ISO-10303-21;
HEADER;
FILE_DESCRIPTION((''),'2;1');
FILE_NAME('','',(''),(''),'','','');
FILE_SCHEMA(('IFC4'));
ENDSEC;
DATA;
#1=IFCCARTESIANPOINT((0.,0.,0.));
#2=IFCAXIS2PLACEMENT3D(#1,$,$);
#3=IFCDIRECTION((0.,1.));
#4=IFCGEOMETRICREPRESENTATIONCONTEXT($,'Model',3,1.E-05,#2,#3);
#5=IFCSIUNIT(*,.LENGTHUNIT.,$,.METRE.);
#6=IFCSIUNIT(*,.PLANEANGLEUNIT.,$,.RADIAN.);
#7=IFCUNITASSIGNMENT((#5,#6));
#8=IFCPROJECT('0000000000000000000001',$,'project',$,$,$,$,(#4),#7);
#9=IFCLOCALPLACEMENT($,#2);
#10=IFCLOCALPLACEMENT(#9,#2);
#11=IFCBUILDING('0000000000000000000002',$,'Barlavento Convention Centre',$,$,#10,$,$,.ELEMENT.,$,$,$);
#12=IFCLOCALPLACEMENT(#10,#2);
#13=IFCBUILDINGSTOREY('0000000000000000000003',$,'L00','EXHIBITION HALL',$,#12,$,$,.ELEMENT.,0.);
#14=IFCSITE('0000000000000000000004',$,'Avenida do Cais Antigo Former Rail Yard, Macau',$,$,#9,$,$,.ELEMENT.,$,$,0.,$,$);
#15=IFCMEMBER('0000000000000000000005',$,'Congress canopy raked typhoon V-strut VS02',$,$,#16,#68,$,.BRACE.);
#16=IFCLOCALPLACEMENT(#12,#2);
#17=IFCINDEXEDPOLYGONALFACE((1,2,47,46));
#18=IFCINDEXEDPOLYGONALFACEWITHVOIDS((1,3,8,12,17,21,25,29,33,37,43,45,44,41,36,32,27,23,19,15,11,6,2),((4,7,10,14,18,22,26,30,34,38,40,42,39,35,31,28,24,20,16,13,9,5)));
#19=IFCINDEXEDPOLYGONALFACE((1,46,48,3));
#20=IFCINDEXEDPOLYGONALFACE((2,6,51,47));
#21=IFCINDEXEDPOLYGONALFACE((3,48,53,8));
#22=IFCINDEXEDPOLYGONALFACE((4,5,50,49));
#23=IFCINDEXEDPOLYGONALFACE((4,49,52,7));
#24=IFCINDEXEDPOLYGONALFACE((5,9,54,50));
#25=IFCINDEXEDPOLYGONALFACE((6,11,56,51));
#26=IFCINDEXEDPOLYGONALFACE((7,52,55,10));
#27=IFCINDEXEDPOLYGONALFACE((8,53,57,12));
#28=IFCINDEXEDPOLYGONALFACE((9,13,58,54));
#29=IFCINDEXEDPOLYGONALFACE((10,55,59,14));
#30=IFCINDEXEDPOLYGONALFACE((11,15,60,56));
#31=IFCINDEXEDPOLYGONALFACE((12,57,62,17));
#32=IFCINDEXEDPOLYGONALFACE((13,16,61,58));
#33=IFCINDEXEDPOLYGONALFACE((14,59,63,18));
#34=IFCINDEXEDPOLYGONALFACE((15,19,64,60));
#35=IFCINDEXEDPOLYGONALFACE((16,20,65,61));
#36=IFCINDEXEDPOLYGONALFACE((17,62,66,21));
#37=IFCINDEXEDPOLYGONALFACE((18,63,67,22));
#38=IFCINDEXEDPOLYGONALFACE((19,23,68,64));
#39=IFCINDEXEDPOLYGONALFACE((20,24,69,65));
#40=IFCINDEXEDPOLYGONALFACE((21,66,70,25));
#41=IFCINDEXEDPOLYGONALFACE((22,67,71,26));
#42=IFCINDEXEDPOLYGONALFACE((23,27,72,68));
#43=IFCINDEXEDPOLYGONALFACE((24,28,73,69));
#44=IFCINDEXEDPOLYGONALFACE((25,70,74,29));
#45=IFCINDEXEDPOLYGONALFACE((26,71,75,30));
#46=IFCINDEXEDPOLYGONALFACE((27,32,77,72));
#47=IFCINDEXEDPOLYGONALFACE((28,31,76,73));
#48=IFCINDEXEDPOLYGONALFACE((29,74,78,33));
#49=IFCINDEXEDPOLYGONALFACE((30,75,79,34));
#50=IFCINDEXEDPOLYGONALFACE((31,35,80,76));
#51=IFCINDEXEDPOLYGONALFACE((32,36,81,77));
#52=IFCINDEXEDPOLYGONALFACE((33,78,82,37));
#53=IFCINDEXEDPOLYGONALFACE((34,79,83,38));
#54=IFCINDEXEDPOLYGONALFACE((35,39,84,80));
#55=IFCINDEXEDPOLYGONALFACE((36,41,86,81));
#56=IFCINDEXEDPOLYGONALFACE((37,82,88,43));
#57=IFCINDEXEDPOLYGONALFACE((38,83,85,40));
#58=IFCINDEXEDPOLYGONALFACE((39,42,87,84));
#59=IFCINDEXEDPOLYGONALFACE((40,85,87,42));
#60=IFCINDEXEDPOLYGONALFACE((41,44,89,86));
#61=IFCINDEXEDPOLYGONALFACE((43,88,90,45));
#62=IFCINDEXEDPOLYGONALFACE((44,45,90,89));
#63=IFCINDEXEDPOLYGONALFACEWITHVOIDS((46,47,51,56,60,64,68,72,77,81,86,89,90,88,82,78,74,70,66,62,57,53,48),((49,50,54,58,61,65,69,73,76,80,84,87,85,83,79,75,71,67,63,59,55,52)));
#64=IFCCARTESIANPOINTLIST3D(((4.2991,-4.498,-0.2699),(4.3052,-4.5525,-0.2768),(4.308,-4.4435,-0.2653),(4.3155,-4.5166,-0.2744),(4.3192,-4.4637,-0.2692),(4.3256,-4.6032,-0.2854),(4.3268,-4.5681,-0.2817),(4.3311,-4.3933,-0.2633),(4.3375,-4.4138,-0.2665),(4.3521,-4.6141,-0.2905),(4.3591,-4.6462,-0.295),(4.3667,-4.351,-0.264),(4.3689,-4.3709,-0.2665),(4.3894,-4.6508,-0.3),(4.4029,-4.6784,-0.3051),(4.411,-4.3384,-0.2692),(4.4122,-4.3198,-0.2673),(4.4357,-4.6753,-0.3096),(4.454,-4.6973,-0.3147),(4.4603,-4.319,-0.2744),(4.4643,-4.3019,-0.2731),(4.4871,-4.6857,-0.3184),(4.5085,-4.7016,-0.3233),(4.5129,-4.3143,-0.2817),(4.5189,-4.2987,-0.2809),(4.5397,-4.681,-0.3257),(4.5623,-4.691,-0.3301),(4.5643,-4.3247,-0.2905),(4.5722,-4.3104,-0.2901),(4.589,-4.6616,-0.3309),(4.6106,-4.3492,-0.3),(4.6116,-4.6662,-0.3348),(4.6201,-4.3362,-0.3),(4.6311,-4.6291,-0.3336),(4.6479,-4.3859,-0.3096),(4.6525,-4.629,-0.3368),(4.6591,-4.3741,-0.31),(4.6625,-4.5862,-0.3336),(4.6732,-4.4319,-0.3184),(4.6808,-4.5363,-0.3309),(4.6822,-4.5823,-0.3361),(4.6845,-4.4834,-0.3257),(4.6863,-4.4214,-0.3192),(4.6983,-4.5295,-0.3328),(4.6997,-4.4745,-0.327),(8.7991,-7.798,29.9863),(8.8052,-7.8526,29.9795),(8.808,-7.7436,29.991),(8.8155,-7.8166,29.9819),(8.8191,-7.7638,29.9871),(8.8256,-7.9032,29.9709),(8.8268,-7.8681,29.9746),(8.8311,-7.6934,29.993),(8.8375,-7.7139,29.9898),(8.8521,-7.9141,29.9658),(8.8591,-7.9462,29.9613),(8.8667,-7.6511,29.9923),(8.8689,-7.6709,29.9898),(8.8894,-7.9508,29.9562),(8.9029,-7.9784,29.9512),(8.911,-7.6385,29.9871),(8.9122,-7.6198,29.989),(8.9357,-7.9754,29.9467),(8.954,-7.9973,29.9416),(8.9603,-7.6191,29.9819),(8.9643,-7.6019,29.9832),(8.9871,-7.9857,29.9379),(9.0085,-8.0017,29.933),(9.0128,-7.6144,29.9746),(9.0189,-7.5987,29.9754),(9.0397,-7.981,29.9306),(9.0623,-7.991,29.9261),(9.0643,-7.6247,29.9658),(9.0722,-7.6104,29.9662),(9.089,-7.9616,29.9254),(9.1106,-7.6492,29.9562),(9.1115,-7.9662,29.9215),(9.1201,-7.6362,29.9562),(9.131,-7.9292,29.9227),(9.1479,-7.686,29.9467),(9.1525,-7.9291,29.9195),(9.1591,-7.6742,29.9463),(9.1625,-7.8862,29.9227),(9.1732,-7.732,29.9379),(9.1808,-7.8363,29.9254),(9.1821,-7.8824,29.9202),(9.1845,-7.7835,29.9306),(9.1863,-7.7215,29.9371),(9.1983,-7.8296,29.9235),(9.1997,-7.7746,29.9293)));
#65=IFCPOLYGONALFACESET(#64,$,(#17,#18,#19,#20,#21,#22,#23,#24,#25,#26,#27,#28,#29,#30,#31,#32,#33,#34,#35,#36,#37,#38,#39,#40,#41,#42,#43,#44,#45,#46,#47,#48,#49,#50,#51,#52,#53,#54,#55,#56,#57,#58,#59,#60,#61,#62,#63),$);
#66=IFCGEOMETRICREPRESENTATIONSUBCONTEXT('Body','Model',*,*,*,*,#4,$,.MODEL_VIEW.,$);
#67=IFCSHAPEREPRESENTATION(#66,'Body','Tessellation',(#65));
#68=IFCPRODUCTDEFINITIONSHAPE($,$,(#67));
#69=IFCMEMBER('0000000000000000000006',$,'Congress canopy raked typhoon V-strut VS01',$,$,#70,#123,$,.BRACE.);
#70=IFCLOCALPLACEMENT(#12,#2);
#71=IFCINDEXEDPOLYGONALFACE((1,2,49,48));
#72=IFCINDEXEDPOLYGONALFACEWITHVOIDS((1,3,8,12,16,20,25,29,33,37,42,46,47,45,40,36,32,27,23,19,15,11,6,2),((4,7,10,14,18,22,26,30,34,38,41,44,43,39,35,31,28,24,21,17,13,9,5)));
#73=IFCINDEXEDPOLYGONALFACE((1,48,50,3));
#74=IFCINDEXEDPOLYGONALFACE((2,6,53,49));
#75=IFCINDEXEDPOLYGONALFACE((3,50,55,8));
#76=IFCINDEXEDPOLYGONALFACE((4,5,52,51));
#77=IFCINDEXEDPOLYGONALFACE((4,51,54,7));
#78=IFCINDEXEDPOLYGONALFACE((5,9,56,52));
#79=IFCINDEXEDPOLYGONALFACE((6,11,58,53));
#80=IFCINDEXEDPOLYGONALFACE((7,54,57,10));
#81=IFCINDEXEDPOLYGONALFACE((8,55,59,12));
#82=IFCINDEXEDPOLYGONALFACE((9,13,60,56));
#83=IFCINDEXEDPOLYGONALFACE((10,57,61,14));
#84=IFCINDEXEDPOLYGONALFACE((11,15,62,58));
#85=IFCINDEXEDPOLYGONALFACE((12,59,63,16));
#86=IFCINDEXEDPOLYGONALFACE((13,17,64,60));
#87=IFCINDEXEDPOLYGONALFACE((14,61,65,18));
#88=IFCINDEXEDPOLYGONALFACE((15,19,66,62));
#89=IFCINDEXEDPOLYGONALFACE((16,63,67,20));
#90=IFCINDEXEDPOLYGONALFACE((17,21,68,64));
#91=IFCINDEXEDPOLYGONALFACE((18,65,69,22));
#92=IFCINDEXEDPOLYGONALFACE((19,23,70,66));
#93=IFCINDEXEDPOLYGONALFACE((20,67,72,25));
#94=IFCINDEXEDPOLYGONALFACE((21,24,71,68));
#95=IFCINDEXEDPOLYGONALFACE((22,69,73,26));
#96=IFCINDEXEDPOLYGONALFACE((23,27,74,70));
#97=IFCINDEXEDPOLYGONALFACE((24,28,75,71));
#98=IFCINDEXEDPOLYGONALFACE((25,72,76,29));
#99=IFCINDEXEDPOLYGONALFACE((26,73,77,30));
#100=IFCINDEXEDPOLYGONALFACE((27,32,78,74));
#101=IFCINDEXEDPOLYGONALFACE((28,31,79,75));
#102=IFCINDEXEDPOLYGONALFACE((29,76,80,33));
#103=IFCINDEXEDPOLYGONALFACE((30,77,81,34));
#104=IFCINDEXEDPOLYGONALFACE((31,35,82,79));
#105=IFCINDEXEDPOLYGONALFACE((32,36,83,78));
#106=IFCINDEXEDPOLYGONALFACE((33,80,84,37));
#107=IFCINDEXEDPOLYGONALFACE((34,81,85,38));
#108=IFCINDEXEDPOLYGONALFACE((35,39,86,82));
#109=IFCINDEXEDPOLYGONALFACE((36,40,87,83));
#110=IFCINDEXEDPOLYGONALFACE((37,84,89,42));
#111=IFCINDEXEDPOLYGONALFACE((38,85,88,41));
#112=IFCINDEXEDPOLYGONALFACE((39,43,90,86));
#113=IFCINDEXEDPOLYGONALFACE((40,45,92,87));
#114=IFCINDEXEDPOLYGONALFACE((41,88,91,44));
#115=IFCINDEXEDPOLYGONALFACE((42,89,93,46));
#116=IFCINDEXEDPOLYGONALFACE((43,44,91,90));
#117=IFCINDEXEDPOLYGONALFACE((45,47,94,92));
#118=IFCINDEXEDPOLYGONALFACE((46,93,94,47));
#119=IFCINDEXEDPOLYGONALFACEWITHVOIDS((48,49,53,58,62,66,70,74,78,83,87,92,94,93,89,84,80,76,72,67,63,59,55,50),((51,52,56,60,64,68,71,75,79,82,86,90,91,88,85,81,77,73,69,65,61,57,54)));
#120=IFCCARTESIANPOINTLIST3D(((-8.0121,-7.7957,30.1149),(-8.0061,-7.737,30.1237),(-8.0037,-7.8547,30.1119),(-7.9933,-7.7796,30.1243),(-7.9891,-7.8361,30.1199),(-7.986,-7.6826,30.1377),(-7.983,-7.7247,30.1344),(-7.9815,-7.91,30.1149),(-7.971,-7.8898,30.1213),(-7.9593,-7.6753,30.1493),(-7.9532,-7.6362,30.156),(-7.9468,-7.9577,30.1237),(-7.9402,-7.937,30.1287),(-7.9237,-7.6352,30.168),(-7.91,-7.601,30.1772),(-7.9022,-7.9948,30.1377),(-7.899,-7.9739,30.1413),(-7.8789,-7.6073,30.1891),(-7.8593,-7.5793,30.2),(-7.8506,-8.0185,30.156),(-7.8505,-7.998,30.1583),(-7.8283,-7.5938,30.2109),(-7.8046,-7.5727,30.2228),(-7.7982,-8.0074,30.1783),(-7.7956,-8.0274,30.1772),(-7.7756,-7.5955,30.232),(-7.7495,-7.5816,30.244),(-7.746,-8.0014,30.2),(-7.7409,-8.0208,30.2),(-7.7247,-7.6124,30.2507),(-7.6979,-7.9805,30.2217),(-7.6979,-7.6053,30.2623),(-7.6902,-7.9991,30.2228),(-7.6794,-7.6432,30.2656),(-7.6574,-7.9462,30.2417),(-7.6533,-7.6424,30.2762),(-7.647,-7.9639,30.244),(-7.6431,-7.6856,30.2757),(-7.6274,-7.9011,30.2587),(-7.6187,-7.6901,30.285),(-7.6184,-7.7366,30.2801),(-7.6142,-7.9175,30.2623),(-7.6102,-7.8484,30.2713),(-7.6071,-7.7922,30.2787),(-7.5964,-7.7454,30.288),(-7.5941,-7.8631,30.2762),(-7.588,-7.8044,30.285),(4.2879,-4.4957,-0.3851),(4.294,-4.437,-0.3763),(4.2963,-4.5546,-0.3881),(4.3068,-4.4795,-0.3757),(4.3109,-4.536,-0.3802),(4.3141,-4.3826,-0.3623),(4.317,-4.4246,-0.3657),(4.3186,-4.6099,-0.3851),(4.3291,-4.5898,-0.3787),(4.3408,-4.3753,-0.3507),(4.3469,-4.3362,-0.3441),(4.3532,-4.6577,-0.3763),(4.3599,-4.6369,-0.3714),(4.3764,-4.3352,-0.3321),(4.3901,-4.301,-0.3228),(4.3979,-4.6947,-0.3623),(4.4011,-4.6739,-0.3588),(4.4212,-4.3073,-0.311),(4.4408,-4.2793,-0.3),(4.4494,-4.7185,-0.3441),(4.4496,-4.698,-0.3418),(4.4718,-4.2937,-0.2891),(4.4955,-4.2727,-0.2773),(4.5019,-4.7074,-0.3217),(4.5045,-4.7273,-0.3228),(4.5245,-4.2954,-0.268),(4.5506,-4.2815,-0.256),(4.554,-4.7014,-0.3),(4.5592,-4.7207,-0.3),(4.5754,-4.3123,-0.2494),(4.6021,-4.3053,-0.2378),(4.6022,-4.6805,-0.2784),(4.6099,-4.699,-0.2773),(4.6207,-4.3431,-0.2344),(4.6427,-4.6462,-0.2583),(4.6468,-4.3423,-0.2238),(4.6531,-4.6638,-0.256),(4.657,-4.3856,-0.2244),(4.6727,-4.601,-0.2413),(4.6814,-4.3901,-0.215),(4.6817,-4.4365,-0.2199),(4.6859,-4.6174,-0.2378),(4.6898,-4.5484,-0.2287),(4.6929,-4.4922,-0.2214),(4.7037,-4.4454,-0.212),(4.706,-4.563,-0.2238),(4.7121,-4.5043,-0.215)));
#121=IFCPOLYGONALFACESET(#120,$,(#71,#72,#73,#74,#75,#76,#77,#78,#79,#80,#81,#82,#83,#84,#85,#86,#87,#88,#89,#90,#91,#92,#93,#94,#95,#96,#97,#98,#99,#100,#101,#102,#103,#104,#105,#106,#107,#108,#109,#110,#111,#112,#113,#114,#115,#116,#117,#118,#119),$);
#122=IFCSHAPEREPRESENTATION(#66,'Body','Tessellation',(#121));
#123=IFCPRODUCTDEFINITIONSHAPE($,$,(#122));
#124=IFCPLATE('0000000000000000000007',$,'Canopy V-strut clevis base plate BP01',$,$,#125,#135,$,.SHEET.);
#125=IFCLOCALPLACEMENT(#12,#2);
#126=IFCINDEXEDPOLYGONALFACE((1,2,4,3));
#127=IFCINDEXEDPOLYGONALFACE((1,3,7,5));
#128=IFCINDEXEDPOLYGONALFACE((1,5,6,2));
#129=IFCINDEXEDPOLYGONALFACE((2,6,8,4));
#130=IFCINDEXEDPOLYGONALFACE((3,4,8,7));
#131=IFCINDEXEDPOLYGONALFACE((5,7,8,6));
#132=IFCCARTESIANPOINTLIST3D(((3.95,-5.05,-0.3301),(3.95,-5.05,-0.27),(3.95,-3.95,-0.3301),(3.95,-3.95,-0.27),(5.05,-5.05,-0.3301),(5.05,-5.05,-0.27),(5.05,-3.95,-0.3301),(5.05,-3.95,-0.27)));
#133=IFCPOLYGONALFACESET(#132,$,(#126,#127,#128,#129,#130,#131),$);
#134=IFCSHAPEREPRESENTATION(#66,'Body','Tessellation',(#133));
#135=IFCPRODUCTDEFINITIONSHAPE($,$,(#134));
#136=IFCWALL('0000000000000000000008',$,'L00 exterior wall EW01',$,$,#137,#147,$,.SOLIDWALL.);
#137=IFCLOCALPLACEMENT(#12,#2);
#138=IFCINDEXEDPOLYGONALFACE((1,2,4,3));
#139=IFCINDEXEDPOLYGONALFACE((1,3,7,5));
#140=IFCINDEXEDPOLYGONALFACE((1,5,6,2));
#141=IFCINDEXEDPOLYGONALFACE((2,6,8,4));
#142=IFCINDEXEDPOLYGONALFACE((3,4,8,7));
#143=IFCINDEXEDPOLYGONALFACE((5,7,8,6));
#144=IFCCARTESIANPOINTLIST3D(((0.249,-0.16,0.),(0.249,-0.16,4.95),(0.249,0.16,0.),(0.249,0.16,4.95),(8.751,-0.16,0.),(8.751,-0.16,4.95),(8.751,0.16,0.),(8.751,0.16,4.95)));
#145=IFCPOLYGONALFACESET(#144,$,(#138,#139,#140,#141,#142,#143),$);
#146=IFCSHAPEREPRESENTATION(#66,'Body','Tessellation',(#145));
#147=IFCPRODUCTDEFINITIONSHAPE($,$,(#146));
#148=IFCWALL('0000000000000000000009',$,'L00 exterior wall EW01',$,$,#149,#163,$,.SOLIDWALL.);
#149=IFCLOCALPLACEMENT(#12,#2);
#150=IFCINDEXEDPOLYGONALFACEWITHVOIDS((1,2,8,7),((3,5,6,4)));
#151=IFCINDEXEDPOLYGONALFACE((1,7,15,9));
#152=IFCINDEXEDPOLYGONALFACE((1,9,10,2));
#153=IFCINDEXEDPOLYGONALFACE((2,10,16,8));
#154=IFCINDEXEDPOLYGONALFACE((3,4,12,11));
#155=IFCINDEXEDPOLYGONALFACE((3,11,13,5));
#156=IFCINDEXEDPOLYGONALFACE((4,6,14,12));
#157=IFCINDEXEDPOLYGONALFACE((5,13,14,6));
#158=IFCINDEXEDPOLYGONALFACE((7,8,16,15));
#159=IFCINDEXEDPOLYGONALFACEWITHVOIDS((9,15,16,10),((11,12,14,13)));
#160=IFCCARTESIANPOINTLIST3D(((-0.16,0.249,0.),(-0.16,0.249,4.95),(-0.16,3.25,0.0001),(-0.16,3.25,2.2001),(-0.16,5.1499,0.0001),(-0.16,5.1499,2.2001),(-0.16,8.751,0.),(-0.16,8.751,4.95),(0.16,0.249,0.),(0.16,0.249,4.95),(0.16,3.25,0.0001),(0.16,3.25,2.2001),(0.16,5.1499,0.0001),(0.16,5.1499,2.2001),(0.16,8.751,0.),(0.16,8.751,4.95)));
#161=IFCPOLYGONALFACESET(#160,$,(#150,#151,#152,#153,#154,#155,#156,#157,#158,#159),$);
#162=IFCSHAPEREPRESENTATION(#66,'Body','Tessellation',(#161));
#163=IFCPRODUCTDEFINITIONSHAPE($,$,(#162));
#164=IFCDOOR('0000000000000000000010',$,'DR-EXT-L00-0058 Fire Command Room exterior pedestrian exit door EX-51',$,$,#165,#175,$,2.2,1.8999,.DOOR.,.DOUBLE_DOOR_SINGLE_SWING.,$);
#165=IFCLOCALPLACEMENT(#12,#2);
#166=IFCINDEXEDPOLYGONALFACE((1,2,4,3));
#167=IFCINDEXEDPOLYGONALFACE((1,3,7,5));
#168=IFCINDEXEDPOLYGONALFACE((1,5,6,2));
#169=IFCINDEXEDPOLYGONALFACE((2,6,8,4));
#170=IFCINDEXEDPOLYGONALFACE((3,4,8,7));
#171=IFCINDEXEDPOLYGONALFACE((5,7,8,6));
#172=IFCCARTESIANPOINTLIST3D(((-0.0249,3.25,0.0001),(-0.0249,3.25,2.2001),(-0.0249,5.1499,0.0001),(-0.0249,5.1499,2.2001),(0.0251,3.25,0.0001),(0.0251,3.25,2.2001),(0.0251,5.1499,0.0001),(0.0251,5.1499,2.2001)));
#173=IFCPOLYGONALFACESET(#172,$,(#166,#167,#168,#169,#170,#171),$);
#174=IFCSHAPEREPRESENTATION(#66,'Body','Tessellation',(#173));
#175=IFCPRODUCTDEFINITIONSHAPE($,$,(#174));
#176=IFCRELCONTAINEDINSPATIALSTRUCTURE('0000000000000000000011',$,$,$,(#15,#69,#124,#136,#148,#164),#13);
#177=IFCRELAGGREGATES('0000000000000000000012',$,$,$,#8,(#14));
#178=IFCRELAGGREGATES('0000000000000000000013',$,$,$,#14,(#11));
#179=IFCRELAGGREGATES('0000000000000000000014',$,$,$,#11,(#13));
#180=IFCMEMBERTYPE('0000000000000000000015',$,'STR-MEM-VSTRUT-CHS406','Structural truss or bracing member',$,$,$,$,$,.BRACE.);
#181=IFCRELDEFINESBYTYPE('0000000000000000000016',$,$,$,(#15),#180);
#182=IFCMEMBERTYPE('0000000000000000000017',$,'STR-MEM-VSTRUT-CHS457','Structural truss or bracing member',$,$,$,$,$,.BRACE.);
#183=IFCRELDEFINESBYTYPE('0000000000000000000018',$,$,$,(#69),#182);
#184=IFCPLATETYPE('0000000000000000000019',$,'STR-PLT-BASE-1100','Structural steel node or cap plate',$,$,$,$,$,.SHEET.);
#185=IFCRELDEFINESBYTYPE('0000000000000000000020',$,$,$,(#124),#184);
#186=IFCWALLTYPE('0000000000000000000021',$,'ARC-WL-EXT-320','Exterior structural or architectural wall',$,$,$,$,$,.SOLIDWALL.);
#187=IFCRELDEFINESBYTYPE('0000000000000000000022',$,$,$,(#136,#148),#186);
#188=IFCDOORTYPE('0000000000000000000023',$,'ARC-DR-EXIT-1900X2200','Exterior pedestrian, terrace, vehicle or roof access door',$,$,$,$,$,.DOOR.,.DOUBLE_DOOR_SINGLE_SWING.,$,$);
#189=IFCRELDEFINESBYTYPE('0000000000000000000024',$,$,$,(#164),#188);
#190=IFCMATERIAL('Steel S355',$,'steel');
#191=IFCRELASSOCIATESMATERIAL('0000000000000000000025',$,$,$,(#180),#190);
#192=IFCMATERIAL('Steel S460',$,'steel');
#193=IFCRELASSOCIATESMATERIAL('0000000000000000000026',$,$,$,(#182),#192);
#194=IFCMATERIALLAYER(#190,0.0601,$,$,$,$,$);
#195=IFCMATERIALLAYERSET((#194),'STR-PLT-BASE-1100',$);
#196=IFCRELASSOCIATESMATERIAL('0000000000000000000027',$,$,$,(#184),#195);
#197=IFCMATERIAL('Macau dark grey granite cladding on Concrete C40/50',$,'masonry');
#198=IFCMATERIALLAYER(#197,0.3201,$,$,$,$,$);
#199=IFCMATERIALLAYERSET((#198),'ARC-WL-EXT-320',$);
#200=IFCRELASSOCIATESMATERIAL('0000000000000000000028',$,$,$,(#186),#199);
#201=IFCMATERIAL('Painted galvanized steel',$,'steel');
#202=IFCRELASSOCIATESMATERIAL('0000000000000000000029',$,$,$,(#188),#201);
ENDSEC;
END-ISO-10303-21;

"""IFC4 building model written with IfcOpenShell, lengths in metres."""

from ifc_helpers import new_model, si_unit, direction, frame, frame_2d, origin, origin_2d, place, context, subcontext, project, spatial, rectangle, hollow_circle, extrude, material, layer, layer_set, material_profile, profile_set, type_object, element, fill, save


model = new_model("IFC4")

# Units and contexts
model_context = context("Model", 3, precision=1e-05, world=origin(), true_north=direction((0.0, 1.0)))
body_context = subcontext(model_context, "Body", "Model", "MODEL_VIEW")
ifc_project = project(units=[si_unit("LENGTHUNIT", "METRE"), si_unit("PLANEANGLEUNIT", "RADIAN")], contexts=[model_context])

# Site, building, storey
site_placement = place(None, origin())
site = spatial("IfcSite", under=ifc_project, at=site_placement, Name="Avenida do Cais Antigo Former Rail Yard, Macau", CompositionType="ELEMENT", RefElevation=0.0)
building_placement = place(site_placement, origin())
building = spatial("IfcBuilding", under=site, at=building_placement, Name="Barlavento Convention Centre", CompositionType="ELEMENT")
storey_placement = place(building_placement, origin())
storey = spatial("IfcBuildingStorey", under=building, at=storey_placement, Name="L00", Description="EXHIBITION HALL", CompositionType="ELEMENT", Elevation=0.0)

# Shared definitions
ifc_material_1 = material(Name="Steel S355", Category="steel")

# Members
ifc_material_profile_1 = material_profile(ifc_material_1, hollow_circle(Radius=0.2031, WallThickness=0.0161, at=origin_2d()), Name="CHS 406.4x16.0")
ifc_profile_set_1 = profile_set([ifc_material_profile_1], Name="Steel S355")
member_type_1 = type_object("IfcMemberType", Name="STR-MEM-VSTRUT-CHS406", Description="Structural truss or bracing member", PredefinedType="BRACE", material=ifc_profile_set_1)
member_1_placement = place(storey_placement, frame((4.5, -4.5, -0.3), z_axis=(0.146262, -0.107261, 0.983414), x_axis=(0.591369, 0.806401, 0.0)))
element("IfcMember", 1, at=member_1_placement, inside=storey, type_object=member_type_1, Name="Congress canopy raked typhoon V-strut VS02", PredefinedType="BRACE", context=body_context, shape_type="SweptSolid", body=[
    extrude(hollow_circle(Radius=0.2031, WallThickness=0.0161, at=origin_2d()), origin(), (0.0, 0.0, 1.0), 30.7666),
])
ifc_material_2 = material(Name="Steel S460", Category="steel")
ifc_material_profile_2 = material_profile(ifc_material_2, hollow_circle(Radius=0.2285, WallThickness=0.02, at=origin_2d()), Name="CHS 457.0x20.0")
ifc_profile_set_2 = profile_set([ifc_material_profile_2], Name="Steel S460")
member_type_2 = type_object("IfcMemberType", Name="STR-MEM-VSTRUT-CHS457", Description="Structural truss or bracing member", PredefinedType="BRACE", material=ifc_profile_set_2)
member_2_placement = place(storey_placement, frame((4.5, -4.5, -0.3), z_axis=(-0.372143, -0.099844, 0.92279), x_axis=(0.259131, -0.965842, 0.0)))
element("IfcMember", 2, at=member_2_placement, inside=storey, type_object=member_type_2, Name="Congress canopy raked typhoon V-strut VS01", PredefinedType="BRACE", context=body_context, shape_type="SweptSolid", body=[
    extrude(hollow_circle(Radius=0.2285, WallThickness=0.02, at=origin_2d()), origin(), (0.0, 0.0, 1.0), 33.052),
])

# Plate
ifc_layer_1 = layer(ifc_material_1, 0.0601)
ifc_layer_set_1 = layer_set([ifc_layer_1], Name="STR-PLT-BASE-1100")
plate_type = type_object("IfcPlateType", Name="STR-PLT-BASE-1100", Description="Structural steel node or cap plate", PredefinedType="SHEET", material=ifc_layer_set_1)
plate_placement = place(storey_placement, frame((4.5, -4.5, -0.3301), z_axis=(0.0, 0.0, 1.0), x_axis=(1.0, 0.0, 0.0)))
element("IfcPlate", 3, at=plate_placement, inside=storey, type_object=plate_type, Name="Canopy V-strut clevis base plate BP01", PredefinedType="SHEET", context=body_context, shape_type="SweptSolid", body=[
    extrude(rectangle(XDim=1.1001, YDim=1.1001, at=origin_2d()), origin(), (0.0, 0.0, 1.0), 0.0601),
])

# Wall
ifc_material_3 = material(Name="Macau dark grey granite cladding on Concrete C40/50", Category="masonry")
ifc_layer_2 = layer(ifc_material_3, 0.3201)
ifc_layer_set_2 = layer_set([ifc_layer_2], Name="ARC-WL-EXT-320")
wall_type_1 = type_object("IfcWallType", Name="ARC-WL-EXT-320", Description="Exterior structural or architectural wall", PredefinedType="SOLIDWALL", material=ifc_layer_set_2)
wall_1_placement = place(storey_placement, frame((0.249, 0.0, 0.0), z_axis=(0.0, 0.0, 1.0), x_axis=(1.0, 0.0, 0.0)))
element("IfcWall", 4, at=wall_1_placement, inside=storey, type_object=wall_type_1, Name="L00 exterior wall EW01", PredefinedType="SOLIDWALL", context=body_context, shape_type="SweptSolid", body=[
    extrude(rectangle(XDim=8.502, YDim=0.3201, at=frame_2d((4.251, 0.0))), origin(), (0.0, 0.0, 1.0), 4.95),
])

# Wall, opening, door
wall_2_placement = place(storey_placement, frame((0.0, 0.249, 0.0), z_axis=(0.0, 0.0, 1.0), x_axis=(0.0, 1.0, 0.0)))
wall_2 = element("IfcWall", 5, at=wall_2_placement, inside=storey, type_object=wall_type_1, Name="L00 exterior wall EW01", PredefinedType="SOLIDWALL", context=body_context, shape_type="SweptSolid", body=[
    extrude(rectangle(XDim=8.502, YDim=0.3201, at=frame_2d((4.251, 0.0))), origin(), (0.0, 0.0, 1.0), 4.95),
])
opening_1_placement = place(wall_2_placement, frame((3.001, 0.0, 0.0)))
opening_1 = element("IfcOpeningElement", 6, at=opening_1_placement, cuts=wall_2, PredefinedType="OPENING", context=body_context, shape_type="SweptSolid", body=[
    extrude(rectangle(XDim=1.8999, YDim=2.2, at=frame_2d((0.95, 1.1001))), frame((0.0, 0.1699, 0.0), z_axis=(0.0, -1.0, 0.0), x_axis=(1.0, 0.0, 0.0)), (0.0, 0.0, 1.0), 0.3401),
])
ifc_material_4 = material(Name="Painted galvanized steel", Category="steel")
door_type_1 = type_object("IfcDoorType", Name="ARC-DR-EXIT-1900X2200", Description="Exterior pedestrian, terrace, vehicle or roof access door", OperationType="DOUBLE_DOOR_SINGLE_SWING", PredefinedType="DOOR", material=ifc_material_4)
door_1_placement = place(opening_1_placement, origin())
door_1 = element("IfcDoor", 7, at=door_1_placement, inside=storey, type_object=door_type_1, Name="DR-EXT-L00-0058 Fire Command Room exterior pedestrian exit door EX-51", OperationType="DOUBLE_DOOR_SINGLE_SWING", OverallHeight=2.2, OverallWidth=1.8999, PredefinedType="DOOR", context=body_context, shape_type="SweptSolid", body=[
    extrude(rectangle(XDim=1.8999, YDim=2.2, at=frame_2d((0.95, 1.1001))), frame((0.0, 0.0249, 0.0), z_axis=(0.0, -1.0, 0.0), x_axis=(1.0, 0.0, 0.0)), (0.0, 0.0, 1.0), 0.05),
])
fill(opening_1, door_1)

save(model, "model.ifc")
